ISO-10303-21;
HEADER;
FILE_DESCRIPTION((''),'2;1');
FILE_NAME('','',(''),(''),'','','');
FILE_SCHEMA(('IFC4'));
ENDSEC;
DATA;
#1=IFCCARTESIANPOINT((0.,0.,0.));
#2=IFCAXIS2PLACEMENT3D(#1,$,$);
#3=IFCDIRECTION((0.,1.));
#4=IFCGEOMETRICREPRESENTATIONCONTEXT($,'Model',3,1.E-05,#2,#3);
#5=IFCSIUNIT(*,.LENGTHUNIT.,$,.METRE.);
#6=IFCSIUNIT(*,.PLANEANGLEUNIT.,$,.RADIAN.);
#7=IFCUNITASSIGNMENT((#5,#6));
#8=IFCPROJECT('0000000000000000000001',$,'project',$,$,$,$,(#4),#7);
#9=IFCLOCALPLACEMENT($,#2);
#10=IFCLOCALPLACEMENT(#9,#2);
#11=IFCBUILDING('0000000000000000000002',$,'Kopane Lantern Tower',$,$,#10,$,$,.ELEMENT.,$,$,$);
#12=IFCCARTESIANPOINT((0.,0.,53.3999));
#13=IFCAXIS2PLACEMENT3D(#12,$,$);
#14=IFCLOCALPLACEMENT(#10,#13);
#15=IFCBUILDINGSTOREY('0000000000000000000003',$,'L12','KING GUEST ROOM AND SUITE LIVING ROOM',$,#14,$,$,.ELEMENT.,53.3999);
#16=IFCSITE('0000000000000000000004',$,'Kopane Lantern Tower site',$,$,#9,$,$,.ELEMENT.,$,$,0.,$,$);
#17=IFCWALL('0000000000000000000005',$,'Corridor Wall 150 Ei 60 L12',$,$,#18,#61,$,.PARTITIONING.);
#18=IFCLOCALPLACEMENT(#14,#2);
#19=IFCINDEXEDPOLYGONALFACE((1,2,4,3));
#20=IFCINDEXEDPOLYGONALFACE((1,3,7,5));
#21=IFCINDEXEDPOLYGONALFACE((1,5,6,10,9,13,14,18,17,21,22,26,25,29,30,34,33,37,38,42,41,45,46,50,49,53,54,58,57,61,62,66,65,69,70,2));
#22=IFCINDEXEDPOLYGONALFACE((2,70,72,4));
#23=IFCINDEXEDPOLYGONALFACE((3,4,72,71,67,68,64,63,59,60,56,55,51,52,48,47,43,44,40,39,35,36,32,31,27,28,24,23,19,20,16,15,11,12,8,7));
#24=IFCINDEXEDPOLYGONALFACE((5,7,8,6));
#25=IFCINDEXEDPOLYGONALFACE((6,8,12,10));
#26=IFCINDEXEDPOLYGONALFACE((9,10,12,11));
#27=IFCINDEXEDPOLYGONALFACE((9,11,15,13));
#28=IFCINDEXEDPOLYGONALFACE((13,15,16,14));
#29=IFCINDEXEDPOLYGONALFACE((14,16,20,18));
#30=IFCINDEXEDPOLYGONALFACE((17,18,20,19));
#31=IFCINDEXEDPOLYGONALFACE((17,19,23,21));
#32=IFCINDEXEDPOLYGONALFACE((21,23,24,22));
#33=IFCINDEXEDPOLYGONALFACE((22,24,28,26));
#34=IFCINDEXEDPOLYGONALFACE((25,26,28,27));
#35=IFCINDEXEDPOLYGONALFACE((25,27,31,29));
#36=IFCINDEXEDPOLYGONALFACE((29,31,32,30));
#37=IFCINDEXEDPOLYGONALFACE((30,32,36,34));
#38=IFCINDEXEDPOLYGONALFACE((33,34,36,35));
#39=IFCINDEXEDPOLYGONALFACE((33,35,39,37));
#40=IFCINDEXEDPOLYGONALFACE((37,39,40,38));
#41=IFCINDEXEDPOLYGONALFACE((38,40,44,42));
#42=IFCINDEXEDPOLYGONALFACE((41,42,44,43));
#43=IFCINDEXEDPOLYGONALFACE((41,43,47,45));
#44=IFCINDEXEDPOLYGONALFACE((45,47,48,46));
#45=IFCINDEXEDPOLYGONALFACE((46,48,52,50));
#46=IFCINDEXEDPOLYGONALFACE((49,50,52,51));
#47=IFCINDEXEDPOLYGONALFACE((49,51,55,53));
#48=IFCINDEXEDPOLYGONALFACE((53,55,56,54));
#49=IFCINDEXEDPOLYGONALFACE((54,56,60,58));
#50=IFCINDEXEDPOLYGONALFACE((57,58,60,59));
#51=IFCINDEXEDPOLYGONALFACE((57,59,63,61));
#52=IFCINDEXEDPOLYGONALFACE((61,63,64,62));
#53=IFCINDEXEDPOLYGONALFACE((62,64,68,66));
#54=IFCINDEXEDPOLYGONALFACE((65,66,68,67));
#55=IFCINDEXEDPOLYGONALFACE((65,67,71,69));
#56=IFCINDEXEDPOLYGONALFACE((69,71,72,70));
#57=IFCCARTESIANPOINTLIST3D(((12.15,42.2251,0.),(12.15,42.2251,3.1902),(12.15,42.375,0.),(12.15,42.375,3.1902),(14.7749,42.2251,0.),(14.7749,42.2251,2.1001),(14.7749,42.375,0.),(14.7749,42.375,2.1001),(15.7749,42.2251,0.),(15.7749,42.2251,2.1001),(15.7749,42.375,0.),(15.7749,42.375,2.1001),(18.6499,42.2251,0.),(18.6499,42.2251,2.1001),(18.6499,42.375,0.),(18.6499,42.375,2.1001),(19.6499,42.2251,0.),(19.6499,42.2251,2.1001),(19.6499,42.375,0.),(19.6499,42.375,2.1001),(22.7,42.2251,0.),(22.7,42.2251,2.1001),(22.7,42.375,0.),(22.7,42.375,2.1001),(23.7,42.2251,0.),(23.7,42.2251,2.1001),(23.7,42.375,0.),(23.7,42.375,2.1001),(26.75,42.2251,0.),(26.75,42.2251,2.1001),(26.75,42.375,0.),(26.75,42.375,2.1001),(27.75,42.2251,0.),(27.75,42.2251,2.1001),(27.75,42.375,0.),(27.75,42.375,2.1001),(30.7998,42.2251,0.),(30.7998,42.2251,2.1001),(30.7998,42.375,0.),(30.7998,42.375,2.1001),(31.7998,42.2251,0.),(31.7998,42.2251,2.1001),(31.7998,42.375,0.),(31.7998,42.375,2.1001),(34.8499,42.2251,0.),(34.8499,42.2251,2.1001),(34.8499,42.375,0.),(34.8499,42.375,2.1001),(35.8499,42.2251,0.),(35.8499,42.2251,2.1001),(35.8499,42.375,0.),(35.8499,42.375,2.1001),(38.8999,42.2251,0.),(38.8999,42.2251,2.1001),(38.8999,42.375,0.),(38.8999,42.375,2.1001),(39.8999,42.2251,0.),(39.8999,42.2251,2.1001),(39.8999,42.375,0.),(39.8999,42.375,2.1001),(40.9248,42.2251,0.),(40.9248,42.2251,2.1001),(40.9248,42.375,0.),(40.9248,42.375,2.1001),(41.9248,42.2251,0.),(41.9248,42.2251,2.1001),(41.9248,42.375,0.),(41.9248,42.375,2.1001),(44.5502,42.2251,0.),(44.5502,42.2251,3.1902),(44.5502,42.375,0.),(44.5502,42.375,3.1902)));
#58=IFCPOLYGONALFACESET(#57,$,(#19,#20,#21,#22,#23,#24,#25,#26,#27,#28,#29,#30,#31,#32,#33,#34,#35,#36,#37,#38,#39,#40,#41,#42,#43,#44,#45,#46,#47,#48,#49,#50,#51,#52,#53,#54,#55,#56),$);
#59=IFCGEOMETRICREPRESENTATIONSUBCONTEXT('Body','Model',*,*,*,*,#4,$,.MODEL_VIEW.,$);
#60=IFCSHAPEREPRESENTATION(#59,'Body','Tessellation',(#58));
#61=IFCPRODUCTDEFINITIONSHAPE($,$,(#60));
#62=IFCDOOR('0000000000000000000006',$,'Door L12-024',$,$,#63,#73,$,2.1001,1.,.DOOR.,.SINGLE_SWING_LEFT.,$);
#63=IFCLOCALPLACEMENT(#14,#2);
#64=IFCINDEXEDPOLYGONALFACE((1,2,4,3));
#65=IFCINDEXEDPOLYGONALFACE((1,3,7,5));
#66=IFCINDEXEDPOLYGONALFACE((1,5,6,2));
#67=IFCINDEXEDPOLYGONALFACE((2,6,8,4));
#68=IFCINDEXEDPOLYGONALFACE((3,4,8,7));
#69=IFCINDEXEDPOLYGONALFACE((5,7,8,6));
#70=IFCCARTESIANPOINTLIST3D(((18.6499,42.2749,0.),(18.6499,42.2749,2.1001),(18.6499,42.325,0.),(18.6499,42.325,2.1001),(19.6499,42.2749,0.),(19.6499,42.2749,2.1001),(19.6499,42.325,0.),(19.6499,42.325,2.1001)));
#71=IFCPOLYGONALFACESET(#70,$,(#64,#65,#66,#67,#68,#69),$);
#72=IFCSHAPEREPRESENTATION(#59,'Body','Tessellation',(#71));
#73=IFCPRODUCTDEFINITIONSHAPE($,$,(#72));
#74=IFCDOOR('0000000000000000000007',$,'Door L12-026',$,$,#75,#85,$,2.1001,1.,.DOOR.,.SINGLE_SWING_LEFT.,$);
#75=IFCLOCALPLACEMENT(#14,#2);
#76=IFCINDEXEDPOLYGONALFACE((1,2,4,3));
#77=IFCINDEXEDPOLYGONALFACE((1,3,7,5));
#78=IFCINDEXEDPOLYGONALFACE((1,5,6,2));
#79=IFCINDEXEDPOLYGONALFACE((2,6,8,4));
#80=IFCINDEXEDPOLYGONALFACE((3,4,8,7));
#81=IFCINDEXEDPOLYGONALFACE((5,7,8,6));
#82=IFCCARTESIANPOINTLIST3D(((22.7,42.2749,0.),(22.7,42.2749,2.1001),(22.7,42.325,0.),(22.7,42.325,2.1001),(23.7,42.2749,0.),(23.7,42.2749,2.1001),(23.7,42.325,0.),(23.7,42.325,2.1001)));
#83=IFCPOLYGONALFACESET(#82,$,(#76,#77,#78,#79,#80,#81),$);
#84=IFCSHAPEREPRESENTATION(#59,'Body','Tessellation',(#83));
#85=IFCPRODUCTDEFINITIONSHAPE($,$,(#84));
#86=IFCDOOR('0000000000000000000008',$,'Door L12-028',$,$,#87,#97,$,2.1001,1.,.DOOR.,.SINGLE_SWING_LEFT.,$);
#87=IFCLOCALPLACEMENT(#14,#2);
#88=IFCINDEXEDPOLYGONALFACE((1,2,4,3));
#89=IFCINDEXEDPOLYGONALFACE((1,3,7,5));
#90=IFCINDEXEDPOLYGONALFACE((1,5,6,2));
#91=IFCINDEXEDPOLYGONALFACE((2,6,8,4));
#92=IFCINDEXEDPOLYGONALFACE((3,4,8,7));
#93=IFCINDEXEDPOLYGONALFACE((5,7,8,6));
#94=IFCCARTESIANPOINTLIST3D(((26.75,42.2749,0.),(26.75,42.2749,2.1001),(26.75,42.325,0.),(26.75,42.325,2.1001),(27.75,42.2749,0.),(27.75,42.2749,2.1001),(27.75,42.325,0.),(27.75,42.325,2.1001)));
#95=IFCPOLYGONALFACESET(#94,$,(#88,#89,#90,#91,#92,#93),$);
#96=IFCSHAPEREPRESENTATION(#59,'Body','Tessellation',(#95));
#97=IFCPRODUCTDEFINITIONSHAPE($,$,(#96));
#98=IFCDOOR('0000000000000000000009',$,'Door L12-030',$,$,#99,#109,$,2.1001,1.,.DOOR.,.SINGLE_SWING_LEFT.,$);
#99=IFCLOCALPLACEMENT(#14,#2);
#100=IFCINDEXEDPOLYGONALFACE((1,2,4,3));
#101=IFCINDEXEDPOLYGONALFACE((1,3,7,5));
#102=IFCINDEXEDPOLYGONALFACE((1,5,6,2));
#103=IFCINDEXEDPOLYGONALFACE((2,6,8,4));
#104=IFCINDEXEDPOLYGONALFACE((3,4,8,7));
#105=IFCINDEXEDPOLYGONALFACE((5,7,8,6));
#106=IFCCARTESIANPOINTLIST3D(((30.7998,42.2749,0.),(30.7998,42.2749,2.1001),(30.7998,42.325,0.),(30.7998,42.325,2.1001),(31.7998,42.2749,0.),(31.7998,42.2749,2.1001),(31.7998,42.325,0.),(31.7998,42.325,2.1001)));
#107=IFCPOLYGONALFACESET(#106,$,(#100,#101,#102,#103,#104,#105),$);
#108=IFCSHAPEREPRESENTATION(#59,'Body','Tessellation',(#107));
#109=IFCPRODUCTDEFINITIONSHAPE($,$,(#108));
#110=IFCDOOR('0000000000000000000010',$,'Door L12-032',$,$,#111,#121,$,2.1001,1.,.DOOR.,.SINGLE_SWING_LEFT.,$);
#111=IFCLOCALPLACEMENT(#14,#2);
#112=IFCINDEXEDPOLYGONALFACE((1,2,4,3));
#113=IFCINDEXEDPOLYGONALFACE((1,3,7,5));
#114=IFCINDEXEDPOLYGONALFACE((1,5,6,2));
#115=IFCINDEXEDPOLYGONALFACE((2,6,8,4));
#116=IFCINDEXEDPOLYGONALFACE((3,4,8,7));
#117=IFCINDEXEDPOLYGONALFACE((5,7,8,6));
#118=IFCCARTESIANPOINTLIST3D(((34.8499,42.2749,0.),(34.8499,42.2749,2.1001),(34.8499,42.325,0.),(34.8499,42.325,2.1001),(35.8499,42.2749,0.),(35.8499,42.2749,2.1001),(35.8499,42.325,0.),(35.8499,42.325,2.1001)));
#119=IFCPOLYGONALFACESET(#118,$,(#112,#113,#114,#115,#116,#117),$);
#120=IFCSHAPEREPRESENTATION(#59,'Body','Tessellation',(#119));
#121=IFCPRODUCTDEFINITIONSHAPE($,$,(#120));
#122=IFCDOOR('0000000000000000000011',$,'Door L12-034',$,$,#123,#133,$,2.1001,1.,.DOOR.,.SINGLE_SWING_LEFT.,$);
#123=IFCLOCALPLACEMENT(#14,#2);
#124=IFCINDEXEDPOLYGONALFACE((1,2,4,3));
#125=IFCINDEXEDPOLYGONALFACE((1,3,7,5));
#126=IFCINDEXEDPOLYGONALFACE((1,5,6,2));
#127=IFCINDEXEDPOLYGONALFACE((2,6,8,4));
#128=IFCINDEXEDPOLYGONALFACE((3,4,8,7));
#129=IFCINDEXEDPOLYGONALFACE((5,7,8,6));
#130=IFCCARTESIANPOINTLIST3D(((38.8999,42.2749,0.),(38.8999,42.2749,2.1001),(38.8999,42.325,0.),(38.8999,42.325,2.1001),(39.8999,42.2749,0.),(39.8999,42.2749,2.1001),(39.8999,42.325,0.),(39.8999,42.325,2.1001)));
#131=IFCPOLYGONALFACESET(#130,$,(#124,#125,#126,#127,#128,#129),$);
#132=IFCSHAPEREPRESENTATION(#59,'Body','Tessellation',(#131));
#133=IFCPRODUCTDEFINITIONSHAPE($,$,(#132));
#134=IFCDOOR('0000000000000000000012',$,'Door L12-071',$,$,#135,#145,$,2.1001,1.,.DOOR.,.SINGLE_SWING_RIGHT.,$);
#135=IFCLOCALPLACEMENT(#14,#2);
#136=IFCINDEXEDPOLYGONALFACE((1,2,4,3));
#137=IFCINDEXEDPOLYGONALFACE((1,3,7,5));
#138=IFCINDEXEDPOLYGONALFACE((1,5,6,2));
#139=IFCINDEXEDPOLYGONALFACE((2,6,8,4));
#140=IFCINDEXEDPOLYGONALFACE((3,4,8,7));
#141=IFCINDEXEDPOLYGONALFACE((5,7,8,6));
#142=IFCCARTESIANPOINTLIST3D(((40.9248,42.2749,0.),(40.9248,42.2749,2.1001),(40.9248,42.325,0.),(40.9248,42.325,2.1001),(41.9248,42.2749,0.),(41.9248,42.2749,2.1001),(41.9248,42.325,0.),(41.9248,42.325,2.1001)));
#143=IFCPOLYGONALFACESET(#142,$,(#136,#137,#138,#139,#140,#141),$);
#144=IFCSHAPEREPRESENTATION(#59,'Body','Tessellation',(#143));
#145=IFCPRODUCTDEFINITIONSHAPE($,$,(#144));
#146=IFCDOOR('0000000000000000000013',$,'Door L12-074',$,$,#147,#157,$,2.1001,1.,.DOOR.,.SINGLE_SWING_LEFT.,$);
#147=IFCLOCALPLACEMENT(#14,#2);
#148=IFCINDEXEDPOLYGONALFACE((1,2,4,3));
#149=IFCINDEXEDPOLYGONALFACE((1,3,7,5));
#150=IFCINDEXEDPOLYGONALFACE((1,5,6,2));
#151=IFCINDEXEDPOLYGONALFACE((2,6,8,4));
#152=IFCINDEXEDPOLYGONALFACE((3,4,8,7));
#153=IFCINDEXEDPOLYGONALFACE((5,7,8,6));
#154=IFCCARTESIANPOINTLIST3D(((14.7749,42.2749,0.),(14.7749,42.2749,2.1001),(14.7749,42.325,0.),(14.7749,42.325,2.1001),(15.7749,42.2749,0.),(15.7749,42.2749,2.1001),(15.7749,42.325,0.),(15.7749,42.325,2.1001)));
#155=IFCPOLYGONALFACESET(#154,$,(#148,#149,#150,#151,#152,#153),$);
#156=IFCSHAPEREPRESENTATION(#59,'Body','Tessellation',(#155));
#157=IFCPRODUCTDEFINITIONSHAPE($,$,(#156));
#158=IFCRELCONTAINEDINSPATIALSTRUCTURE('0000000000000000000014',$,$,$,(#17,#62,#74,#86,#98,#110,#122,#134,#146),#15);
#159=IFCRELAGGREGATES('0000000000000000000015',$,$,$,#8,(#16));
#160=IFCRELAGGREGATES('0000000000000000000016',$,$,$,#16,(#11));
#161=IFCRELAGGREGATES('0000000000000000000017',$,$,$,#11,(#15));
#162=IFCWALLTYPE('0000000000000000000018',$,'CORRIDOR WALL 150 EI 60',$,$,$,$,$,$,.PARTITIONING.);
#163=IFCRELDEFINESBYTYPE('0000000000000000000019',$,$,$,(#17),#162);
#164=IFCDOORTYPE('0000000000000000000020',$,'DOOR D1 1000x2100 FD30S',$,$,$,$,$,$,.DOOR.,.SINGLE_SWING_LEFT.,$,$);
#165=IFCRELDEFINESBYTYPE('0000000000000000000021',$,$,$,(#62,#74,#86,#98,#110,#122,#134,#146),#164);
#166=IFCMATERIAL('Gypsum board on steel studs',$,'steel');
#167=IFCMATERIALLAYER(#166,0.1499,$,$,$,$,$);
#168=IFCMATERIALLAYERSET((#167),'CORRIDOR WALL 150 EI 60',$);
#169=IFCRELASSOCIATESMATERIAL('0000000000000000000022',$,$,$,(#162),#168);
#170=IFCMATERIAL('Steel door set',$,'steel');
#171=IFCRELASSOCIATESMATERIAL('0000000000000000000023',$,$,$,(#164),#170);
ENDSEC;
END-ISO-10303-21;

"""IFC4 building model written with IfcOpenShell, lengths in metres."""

from ifc_helpers import new_model, si_unit, direction, frame, frame_2d, origin, place, context, subcontext, project, spatial, rectangle, extrude, material, layer, layer_set, type_object, element, fill, save


model = new_model("IFC4")

# Units and contexts
model_context = context("Model", 3, precision=1e-05, world=origin(), true_north=direction((0.0, 1.0)))
body_context = subcontext(model_context, "Body", "Model", "MODEL_VIEW")
ifc_project = project(units=[si_unit("LENGTHUNIT", "METRE"), si_unit("PLANEANGLEUNIT", "RADIAN")], contexts=[model_context])

# Site, building, storey
site_placement = place(None, origin())
site = spatial("IfcSite", under=ifc_project, at=site_placement, Name="Kopane Lantern Tower site", CompositionType="ELEMENT", RefElevation=0.0)
building_placement = place(site_placement, origin())
building = spatial("IfcBuilding", under=site, at=building_placement, Name="Kopane Lantern Tower", CompositionType="ELEMENT")
storey_placement = place(building_placement, frame((0.0, 0.0, 53.3999)))
storey = spatial("IfcBuildingStorey", under=building, at=storey_placement, Name="L12", Description="KING GUEST ROOM AND SUITE LIVING ROOM", CompositionType="ELEMENT", Elevation=53.3999)

# Wall, openings, doors
ifc_material_1 = material(Name="Gypsum board on steel studs", Category="steel")
ifc_layer_1 = layer(ifc_material_1, 0.1499)
ifc_layer_set_1 = layer_set([ifc_layer_1], Name="CORRIDOR WALL 150 EI 60")
wall_type_1 = type_object("IfcWallType", Name="CORRIDOR WALL 150 EI 60", PredefinedType="PARTITIONING", material=ifc_layer_set_1)
wall_1_placement = place(storey_placement, frame((12.1499, 42.3, 0.0), z_axis=(0.0, 0.0, 1.0), x_axis=(1.0, 0.0, 0.0)))
wall_1 = element("IfcWall", 1, at=wall_1_placement, inside=storey, type_object=wall_type_1, Name="Corridor Wall 150 Ei 60 L12", PredefinedType="PARTITIONING", context=body_context, shape_type="SweptSolid", body=[
    extrude(rectangle(XDim=32.4001, YDim=0.1499, at=frame_2d((16.2002, 0.0))), origin(), (0.0, 0.0, 1.0), 3.1902),
])
opening_1_placement = place(wall_1_placement, frame((6.5, 0.0, 0.0)))
opening_1 = element("IfcOpeningElement", 2, at=opening_1_placement, cuts=wall_1, PredefinedType="OPENING", context=body_context, shape_type="SweptSolid", body=[
    extrude(rectangle(XDim=1.0, YDim=2.1001, at=frame_2d((0.5, 1.05))), frame((0.0, 0.085, 0.0), z_axis=(0.0, -1.0, 0.0), x_axis=(1.0, 0.0, 0.0)), (0.0, 0.0, 1.0), 0.1699),
])
opening_2_placement = place(wall_1_placement, frame((10.55, 0.0, 0.0)))
opening_2 = element("IfcOpeningElement", 3, at=opening_2_placement, cuts=wall_1, PredefinedType="OPENING", context=body_context, shape_type="SweptSolid", body=[
    extrude(rectangle(XDim=1.0, YDim=2.1001, at=frame_2d((0.5, 1.05))), frame((0.0, 0.085, 0.0), z_axis=(0.0, -1.0, 0.0), x_axis=(1.0, 0.0, 0.0)), (0.0, 0.0, 1.0), 0.1699),
])
opening_3_placement = place(wall_1_placement, frame((14.6001, 0.0, 0.0)))
opening_3 = element("IfcOpeningElement", 4, at=opening_3_placement, cuts=wall_1, PredefinedType="OPENING", context=body_context, shape_type="SweptSolid", body=[
    extrude(rectangle(XDim=1.0, YDim=2.1001, at=frame_2d((0.5, 1.05))), frame((0.0, 0.085, 0.0), z_axis=(0.0, -1.0, 0.0), x_axis=(1.0, 0.0, 0.0)), (0.0, 0.0, 1.0), 0.1699),
])
opening_4_placement = place(wall_1_placement, frame((18.6499, 0.0, 0.0)))
opening_4 = element("IfcOpeningElement", 5, at=opening_4_placement, cuts=wall_1, PredefinedType="OPENING", context=body_context, shape_type="SweptSolid", body=[
    extrude(rectangle(XDim=1.0, YDim=2.1001, at=frame_2d((0.5, 1.05))), frame((0.0, 0.085, 0.0), z_axis=(0.0, -1.0, 0.0), x_axis=(1.0, 0.0, 0.0)), (0.0, 0.0, 1.0), 0.1699),
])
opening_5_placement = place(wall_1_placement, frame((22.7, 0.0, 0.0)))
opening_5 = element("IfcOpeningElement", 6, at=opening_5_placement, cuts=wall_1, PredefinedType="OPENING", context=body_context, shape_type="SweptSolid", body=[
    extrude(rectangle(XDim=1.0, YDim=2.1001, at=frame_2d((0.5, 1.05))), frame((0.0, 0.085, 0.0), z_axis=(0.0, -1.0, 0.0), x_axis=(1.0, 0.0, 0.0)), (0.0, 0.0, 1.0), 0.1699),
])
opening_6_placement = place(wall_1_placement, frame((26.75, 0.0, 0.0)))
opening_6 = element("IfcOpeningElement", 7, at=opening_6_placement, cuts=wall_1, PredefinedType="OPENING", context=body_context, shape_type="SweptSolid", body=[
    extrude(rectangle(XDim=1.0, YDim=2.1001, at=frame_2d((0.5, 1.05))), frame((0.0, 0.085, 0.0), z_axis=(0.0, -1.0, 0.0), x_axis=(1.0, 0.0, 0.0)), (0.0, 0.0, 1.0), 0.1699),
])
opening_7_placement = place(wall_1_placement, frame((28.7749, 0.0, 0.0)))
opening_7 = element("IfcOpeningElement", 8, at=opening_7_placement, cuts=wall_1, PredefinedType="OPENING", context=body_context, shape_type="SweptSolid", body=[
    extrude(rectangle(XDim=1.0, YDim=2.1001, at=frame_2d((0.5, 1.05))), frame((0.0, 0.085, 0.0), z_axis=(0.0, -1.0, 0.0), x_axis=(1.0, 0.0, 0.0)), (0.0, 0.0, 1.0), 0.1699),
])
opening_8_placement = place(wall_1_placement, frame((2.625, 0.0, 0.0)))
opening_8 = element("IfcOpeningElement", 9, at=opening_8_placement, cuts=wall_1, PredefinedType="OPENING", context=body_context, shape_type="SweptSolid", body=[
    extrude(rectangle(XDim=1.0, YDim=2.1001, at=frame_2d((0.5, 1.05))), frame((0.0, 0.085, 0.0), z_axis=(0.0, -1.0, 0.0), x_axis=(1.0, 0.0, 0.0)), (0.0, 0.0, 1.0), 0.1699),
])
ifc_material_2 = material(Name="Steel door set", Category="steel")
door_type_1 = type_object("IfcDoorType", Name="DOOR D1 1000x2100 FD30S", OperationType="SINGLE_SWING_LEFT", PredefinedType="DOOR", material=ifc_material_2)
door_1_placement = place(opening_1_placement, origin())
door_1 = element("IfcDoor", 10, at=door_1_placement, inside=storey, type_object=door_type_1, Name="Door L12-024", OperationType="SINGLE_SWING_LEFT", OverallHeight=2.1001, OverallWidth=1.0, PredefinedType="DOOR", context=body_context, shape_type="SweptSolid", body=[
    extrude(rectangle(XDim=1.0, YDim=2.1001, at=frame_2d((0.5, 1.05))), frame((0.0, 0.0249, 0.0), z_axis=(0.0, -1.0, 0.0), x_axis=(1.0, 0.0, 0.0)), (0.0, 0.0, 1.0), 0.05),
])
fill(opening_1, door_1)
door_2_placement = place(opening_2_placement, origin())
door_2 = element("IfcDoor", 11, at=door_2_placement, inside=storey, type_object=door_type_1, Name="Door L12-026", OperationType="SINGLE_SWING_LEFT", OverallHeight=2.1001, OverallWidth=1.0, PredefinedType="DOOR", context=body_context, shape_type="SweptSolid", body=[
    extrude(rectangle(XDim=1.0, YDim=2.1001, at=frame_2d((0.5, 1.05))), frame((0.0, 0.0249, 0.0), z_axis=(0.0, -1.0, 0.0), x_axis=(1.0, 0.0, 0.0)), (0.0, 0.0, 1.0), 0.05),
])
fill(opening_2, door_2)
door_3_placement = place(opening_3_placement, origin())
door_3 = element("IfcDoor", 12, at=door_3_placement, inside=storey, type_object=door_type_1, Name="Door L12-028", OperationType="SINGLE_SWING_LEFT", OverallHeight=2.1001, OverallWidth=1.0, PredefinedType="DOOR", context=body_context, shape_type="SweptSolid", body=[
    extrude(rectangle(XDim=1.0, YDim=2.1001, at=frame_2d((0.5, 1.05))), frame((0.0, 0.0249, 0.0), z_axis=(0.0, -1.0, 0.0), x_axis=(1.0, 0.0, 0.0)), (0.0, 0.0, 1.0), 0.05),
])
fill(opening_3, door_3)
door_4_placement = place(opening_4_placement, origin())
door_4 = element("IfcDoor", 13, at=door_4_placement, inside=storey, type_object=door_type_1, Name="Door L12-030", OperationType="SINGLE_SWING_LEFT", OverallHeight=2.1001, OverallWidth=1.0, PredefinedType="DOOR", context=body_context, shape_type="SweptSolid", body=[
    extrude(rectangle(XDim=1.0, YDim=2.1001, at=frame_2d((0.5, 1.05))), frame((0.0, 0.0249, 0.0), z_axis=(0.0, -1.0, 0.0), x_axis=(1.0, 0.0, 0.0)), (0.0, 0.0, 1.0), 0.05),
])
fill(opening_4, door_4)
door_5_placement = place(opening_5_placement, origin())
door_5 = element("IfcDoor", 14, at=door_5_placement, inside=storey, type_object=door_type_1, Name="Door L12-032", OperationType="SINGLE_SWING_LEFT", OverallHeight=2.1001, OverallWidth=1.0, PredefinedType="DOOR", context=body_context, shape_type="SweptSolid", body=[
    extrude(rectangle(XDim=1.0, YDim=2.1001, at=frame_2d((0.5, 1.05))), frame((0.0, 0.0249, 0.0), z_axis=(0.0, -1.0, 0.0), x_axis=(1.0, 0.0, 0.0)), (0.0, 0.0, 1.0), 0.05),
])
fill(opening_5, door_5)
door_6_placement = place(opening_6_placement, origin())
door_6 = element("IfcDoor", 15, at=door_6_placement, inside=storey, type_object=door_type_1, Name="Door L12-034", OperationType="SINGLE_SWING_LEFT", OverallHeight=2.1001, OverallWidth=1.0, PredefinedType="DOOR", context=body_context, shape_type="SweptSolid", body=[
    extrude(rectangle(XDim=1.0, YDim=2.1001, at=frame_2d((0.5, 1.05))), frame((0.0, 0.0249, 0.0), z_axis=(0.0, -1.0, 0.0), x_axis=(1.0, 0.0, 0.0)), (0.0, 0.0, 1.0), 0.05),
])
fill(opening_6, door_6)
door_7_placement = place(opening_7_placement, origin())
door_7 = element("IfcDoor", 16, at=door_7_placement, inside=storey, type_object=door_type_1, Name="Door L12-071", OperationType="SINGLE_SWING_RIGHT", OverallHeight=2.1001, OverallWidth=1.0, PredefinedType="DOOR", context=body_context, shape_type="SweptSolid", body=[
    extrude(rectangle(XDim=1.0, YDim=2.1001, at=frame_2d((0.5, 1.05))), frame((0.0, 0.0249, 0.0), z_axis=(0.0, -1.0, 0.0), x_axis=(1.0, 0.0, 0.0)), (0.0, 0.0, 1.0), 0.05),
])
fill(opening_7, door_7)
door_8_placement = place(opening_8_placement, origin())
door_8 = element("IfcDoor", 17, at=door_8_placement, inside=storey, type_object=door_type_1, Name="Door L12-074", OperationType="SINGLE_SWING_LEFT", OverallHeight=2.1001, OverallWidth=1.0, PredefinedType="DOOR", context=body_context, shape_type="SweptSolid", body=[
    extrude(rectangle(XDim=1.0, YDim=2.1001, at=frame_2d((0.5, 1.05))), frame((0.0, 0.0249, 0.0), z_axis=(0.0, -1.0, 0.0), x_axis=(1.0, 0.0, 0.0)), (0.0, 0.0, 1.0), 0.05),
])
fill(opening_8, door_8)

save(model, "model.ifc")
